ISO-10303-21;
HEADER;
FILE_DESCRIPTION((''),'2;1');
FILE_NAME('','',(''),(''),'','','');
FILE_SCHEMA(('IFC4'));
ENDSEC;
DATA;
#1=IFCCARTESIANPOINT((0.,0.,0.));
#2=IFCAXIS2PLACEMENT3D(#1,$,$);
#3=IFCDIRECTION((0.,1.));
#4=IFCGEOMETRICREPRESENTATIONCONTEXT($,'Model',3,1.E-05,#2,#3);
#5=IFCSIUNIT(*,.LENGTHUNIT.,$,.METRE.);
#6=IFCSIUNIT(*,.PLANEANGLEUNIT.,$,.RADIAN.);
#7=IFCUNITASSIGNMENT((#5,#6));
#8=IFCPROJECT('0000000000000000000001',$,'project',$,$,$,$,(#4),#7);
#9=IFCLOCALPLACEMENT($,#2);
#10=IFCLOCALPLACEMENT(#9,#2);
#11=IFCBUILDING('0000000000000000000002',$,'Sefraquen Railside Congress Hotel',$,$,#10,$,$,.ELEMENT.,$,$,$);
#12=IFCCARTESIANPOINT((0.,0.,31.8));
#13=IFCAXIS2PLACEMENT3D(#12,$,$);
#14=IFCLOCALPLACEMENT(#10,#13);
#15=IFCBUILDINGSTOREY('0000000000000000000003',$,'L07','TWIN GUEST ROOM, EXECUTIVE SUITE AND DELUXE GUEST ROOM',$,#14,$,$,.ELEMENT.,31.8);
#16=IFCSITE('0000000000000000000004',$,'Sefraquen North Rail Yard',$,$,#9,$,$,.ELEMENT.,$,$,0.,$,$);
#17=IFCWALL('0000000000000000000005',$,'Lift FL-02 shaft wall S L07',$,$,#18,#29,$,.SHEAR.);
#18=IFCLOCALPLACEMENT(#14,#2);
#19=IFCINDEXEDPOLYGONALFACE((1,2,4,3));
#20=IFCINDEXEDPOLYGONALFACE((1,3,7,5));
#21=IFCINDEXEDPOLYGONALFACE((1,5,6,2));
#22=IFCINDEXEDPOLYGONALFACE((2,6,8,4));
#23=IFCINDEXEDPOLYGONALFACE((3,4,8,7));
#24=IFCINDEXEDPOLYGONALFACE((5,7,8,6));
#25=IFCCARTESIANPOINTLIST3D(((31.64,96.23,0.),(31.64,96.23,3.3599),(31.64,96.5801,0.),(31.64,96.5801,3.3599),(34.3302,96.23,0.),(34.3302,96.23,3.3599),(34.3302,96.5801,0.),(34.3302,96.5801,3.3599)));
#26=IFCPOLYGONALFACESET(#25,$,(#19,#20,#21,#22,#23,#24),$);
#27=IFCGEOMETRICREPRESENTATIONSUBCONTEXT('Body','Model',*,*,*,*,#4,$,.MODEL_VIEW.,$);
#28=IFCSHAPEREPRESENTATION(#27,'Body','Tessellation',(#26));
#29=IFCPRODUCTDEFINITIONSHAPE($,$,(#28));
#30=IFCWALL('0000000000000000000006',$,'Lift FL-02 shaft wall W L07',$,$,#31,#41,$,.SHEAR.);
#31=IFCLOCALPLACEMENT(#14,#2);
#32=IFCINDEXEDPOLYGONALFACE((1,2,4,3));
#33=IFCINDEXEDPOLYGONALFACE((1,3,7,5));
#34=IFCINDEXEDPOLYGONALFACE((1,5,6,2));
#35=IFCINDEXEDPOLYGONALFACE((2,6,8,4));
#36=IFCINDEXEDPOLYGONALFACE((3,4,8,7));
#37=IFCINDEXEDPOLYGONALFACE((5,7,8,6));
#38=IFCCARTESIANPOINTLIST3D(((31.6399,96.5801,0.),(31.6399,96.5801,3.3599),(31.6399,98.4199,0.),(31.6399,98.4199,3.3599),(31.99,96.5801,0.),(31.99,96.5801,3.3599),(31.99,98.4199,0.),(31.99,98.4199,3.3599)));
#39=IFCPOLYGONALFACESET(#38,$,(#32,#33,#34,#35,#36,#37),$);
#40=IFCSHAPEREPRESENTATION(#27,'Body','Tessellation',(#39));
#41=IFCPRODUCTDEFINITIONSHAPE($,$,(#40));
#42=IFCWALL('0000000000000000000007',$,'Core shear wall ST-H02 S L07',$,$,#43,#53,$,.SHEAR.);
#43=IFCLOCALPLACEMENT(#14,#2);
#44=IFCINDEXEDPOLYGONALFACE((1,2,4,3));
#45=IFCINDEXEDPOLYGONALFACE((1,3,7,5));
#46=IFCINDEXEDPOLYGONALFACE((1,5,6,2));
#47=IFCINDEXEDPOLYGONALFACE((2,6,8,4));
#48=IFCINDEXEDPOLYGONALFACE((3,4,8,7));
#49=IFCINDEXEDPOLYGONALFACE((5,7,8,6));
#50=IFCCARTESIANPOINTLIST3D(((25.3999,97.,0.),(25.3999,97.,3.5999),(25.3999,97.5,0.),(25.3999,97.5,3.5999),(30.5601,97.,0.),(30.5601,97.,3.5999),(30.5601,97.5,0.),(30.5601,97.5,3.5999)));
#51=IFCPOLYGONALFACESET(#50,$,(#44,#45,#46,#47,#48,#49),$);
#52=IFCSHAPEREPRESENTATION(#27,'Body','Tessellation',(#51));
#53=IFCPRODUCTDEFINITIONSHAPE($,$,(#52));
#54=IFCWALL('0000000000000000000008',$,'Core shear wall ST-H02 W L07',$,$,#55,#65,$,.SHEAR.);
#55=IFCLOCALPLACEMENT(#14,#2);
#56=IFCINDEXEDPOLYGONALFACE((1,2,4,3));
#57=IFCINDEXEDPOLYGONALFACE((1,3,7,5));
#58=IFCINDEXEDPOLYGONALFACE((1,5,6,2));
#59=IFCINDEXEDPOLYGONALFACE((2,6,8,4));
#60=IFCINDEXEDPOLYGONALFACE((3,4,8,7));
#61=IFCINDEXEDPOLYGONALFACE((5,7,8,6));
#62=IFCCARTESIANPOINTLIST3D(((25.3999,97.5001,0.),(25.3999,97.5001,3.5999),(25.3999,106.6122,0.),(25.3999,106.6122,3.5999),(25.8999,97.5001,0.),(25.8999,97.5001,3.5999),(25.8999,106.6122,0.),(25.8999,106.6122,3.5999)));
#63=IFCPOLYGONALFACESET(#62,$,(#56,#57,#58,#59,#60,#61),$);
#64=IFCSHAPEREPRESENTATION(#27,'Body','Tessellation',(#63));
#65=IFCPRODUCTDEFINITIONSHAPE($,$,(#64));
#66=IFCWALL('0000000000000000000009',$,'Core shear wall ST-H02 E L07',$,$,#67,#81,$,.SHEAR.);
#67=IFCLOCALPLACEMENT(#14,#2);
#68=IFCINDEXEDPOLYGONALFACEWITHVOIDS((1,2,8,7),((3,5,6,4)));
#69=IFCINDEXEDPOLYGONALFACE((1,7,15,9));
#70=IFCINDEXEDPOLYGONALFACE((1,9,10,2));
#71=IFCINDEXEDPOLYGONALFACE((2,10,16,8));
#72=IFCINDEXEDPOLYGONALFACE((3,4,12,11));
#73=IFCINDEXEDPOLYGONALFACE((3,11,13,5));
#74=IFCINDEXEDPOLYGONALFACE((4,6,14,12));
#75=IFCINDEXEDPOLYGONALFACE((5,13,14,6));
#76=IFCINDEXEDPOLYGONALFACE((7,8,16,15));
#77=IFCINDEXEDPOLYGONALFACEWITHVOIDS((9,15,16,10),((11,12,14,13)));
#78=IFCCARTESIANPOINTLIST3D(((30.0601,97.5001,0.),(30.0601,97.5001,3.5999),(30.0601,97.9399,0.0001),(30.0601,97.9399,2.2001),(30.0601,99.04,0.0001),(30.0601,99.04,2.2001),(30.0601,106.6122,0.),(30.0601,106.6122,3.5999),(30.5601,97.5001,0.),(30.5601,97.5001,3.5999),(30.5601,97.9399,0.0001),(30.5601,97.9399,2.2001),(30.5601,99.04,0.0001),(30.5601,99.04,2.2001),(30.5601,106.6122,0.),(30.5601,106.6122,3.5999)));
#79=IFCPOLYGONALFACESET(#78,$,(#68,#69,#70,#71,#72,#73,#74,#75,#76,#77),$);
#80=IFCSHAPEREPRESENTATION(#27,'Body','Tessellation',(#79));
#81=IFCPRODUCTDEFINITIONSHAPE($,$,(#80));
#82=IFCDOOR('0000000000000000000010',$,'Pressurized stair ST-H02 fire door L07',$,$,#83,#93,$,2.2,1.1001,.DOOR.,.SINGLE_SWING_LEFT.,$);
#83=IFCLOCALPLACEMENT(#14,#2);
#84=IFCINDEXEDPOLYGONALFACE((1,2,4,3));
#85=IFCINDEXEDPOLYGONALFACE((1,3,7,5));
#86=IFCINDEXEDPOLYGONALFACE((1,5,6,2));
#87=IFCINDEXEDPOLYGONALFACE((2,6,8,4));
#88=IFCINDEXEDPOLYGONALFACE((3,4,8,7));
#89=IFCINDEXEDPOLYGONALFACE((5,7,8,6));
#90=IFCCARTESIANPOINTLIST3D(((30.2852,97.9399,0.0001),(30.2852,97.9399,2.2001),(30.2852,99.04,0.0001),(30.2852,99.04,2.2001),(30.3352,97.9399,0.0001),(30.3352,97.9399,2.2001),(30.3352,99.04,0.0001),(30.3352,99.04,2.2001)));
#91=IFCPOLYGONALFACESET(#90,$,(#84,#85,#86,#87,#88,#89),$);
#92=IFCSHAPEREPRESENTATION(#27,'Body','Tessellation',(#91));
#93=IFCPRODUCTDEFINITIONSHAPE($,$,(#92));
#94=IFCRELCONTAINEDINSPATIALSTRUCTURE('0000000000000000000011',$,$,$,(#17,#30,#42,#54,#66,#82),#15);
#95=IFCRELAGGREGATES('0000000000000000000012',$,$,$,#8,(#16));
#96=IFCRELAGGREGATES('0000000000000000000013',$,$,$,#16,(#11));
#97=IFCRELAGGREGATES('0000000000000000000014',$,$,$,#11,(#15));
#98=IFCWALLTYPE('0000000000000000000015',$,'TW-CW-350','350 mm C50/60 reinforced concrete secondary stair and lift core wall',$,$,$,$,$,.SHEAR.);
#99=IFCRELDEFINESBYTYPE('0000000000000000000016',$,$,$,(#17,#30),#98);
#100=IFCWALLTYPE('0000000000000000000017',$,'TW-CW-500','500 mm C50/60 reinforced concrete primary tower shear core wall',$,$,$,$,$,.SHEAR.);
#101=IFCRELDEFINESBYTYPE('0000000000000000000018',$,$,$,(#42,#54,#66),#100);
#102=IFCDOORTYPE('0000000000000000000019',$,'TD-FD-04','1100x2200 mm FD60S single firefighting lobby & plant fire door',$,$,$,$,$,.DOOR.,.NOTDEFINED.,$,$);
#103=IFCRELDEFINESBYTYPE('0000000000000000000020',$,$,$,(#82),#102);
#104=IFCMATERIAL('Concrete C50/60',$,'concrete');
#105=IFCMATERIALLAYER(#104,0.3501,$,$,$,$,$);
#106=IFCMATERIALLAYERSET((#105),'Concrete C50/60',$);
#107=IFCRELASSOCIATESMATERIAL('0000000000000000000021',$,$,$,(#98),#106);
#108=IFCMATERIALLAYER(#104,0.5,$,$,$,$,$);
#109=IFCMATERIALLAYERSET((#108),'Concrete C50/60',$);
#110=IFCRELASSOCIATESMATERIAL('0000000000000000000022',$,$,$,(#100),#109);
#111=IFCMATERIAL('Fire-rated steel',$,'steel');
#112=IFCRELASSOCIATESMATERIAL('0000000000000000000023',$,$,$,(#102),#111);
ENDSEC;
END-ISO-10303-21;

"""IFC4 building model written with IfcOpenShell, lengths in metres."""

from ifc_helpers import new_model, si_unit, direction, frame, frame_2d, origin, place, context, subcontext, project, spatial, rectangle, extrude, material, layer, layer_set, type_object, element, fill, save


model = new_model("IFC4")

# Units and contexts
model_context = context("Model", 3, precision=1e-05, world=origin(), true_north=direction((0.0, 1.0)))
body_context = subcontext(model_context, "Body", "Model", "MODEL_VIEW")
ifc_project = project(units=[si_unit("LENGTHUNIT", "METRE"), si_unit("PLANEANGLEUNIT", "RADIAN")], contexts=[model_context])

# Site, building, storey
site_placement = place(None, origin())
site = spatial("IfcSite", under=ifc_project, at=site_placement, Name="Sefraquen North Rail Yard", CompositionType="ELEMENT", RefElevation=0.0)
building_placement = place(site_placement, origin())
building = spatial("IfcBuilding", under=site, at=building_placement, Name="Sefraquen Railside Congress Hotel", CompositionType="ELEMENT")
storey_placement = place(building_placement, frame((0.0, 0.0, 31.8)))
storey = spatial("IfcBuildingStorey", under=building, at=storey_placement, Name="L07", Description="TWIN GUEST ROOM, EXECUTIVE SUITE AND DELUXE GUEST ROOM", CompositionType="ELEMENT", Elevation=31.8)

# Walls
ifc_material_1 = material(Name="Concrete C50/60", Category="concrete")
ifc_layer_1 = layer(ifc_material_1, 0.3501)
ifc_layer_set_1 = layer_set([ifc_layer_1], Name="Concrete C50/60")
wall_type_1 = type_object("IfcWallType", Name="TW-CW-350", Description="350 mm C50/60 reinforced concrete secondary stair and lift core wall", PredefinedType="SHEAR", material=ifc_layer_set_1)
wall_1_placement = place(storey_placement, frame((31.6399, 96.405, 0.0), z_axis=(0.0, 0.0, 1.0), x_axis=(1.0, 0.0, 0.0)))
element("IfcWall", 1, at=wall_1_placement, inside=storey, type_object=wall_type_1, Name="Lift FL-02 shaft wall S L07", PredefinedType="SHEAR", context=body_context, shape_type="SweptSolid", body=[
    extrude(rectangle(XDim=2.6902, YDim=0.3501, at=frame_2d((1.3452, 0.0))), origin(), (0.0, 0.0, 1.0), 3.3599),
])
wall_2_placement = place(storey_placement, frame((31.8149, 96.5801, 0.0), z_axis=(0.0, 0.0, 1.0), x_axis=(0.0, 1.0, 0.0)))
element("IfcWall", 2, at=wall_2_placement, inside=storey, type_object=wall_type_1, Name="Lift FL-02 shaft wall W L07", PredefinedType="SHEAR", context=body_context, shape_type="SweptSolid", body=[
    extrude(rectangle(XDim=1.8398, YDim=0.3501, at=frame_2d((0.9199, 0.0))), origin(), (0.0, 0.0, 1.0), 3.3599),
])
ifc_layer_2 = layer(ifc_material_1, 0.5)
ifc_layer_set_2 = layer_set([ifc_layer_2], Name="Concrete C50/60")
wall_type_2 = type_object("IfcWallType", Name="TW-CW-500", Description="500 mm C50/60 reinforced concrete primary tower shear core wall", PredefinedType="SHEAR", material=ifc_layer_set_2)
wall_3_placement = place(storey_placement, frame((25.3999, 97.25, 0.0), z_axis=(0.0, 0.0, 1.0), x_axis=(1.0, 0.0, 0.0)))
element("IfcWall", 3, at=wall_3_placement, inside=storey, type_object=wall_type_2, Name="Core shear wall ST-H02 S L07", PredefinedType="SHEAR", context=body_context, shape_type="SweptSolid", body=[
    extrude(rectangle(XDim=5.1602, YDim=0.5, at=frame_2d((2.5801, 0.0))), origin(), (0.0, 0.0, 1.0), 3.5999),
])
wall_4_placement = place(storey_placement, frame((25.6499, 97.5, 0.0), z_axis=(0.0, 0.0, 1.0), x_axis=(0.0, 1.0, 0.0)))
element("IfcWall", 4, at=wall_4_placement, inside=storey, type_object=wall_type_2, Name="Core shear wall ST-H02 W L07", PredefinedType="SHEAR", context=body_context, shape_type="SweptSolid", body=[
    extrude(rectangle(XDim=9.1121, YDim=0.5, at=frame_2d((4.5562, 0.0))), origin(), (0.0, 0.0, 1.0), 3.5999),
])

# Wall, opening, door
wall_5_placement = place(storey_placement, frame((30.3101, 97.5, 0.0), z_axis=(0.0, 0.0, 1.0), x_axis=(0.0, 1.0, 0.0)))
wall_5 = element("IfcWall", 5, at=wall_5_placement, inside=storey, type_object=wall_type_2, Name="Core shear wall ST-H02 E L07", PredefinedType="SHEAR", context=body_context, shape_type="SweptSolid", body=[
    extrude(rectangle(XDim=9.1121, YDim=0.5, at=frame_2d((4.5562, 0.0))), origin(), (0.0, 0.0, 1.0), 3.5999),
])
opening_1_placement = place(wall_5_placement, frame((0.4399, 0.0, 0.0)))
opening_1 = element("IfcOpeningElement", 6, at=opening_1_placement, cuts=wall_5, PredefinedType="OPENING", context=body_context, shape_type="SweptSolid", body=[
    extrude(rectangle(XDim=1.1001, YDim=2.2, at=frame_2d((0.55, 1.1001))), frame((0.0, 0.26, 0.0), z_axis=(0.0, -1.0, 0.0), x_axis=(1.0, 0.0, 0.0)), (0.0, 0.0, 1.0), 0.52),
])
ifc_material_2 = material(Name="Fire-rated steel", Category="steel")
door_type = type_object("IfcDoorType", Name="TD-FD-04", Description="1100x2200 mm FD60S single firefighting lobby & plant fire door", OperationType="NOTDEFINED", PredefinedType="DOOR", material=ifc_material_2)
door_placement = place(opening_1_placement, origin())
door = element("IfcDoor", 7, at=door_placement, inside=storey, type_object=door_type, Name="Pressurized stair ST-H02 fire door L07", OperationType="SINGLE_SWING_LEFT", OverallHeight=2.2, OverallWidth=1.1001, PredefinedType="DOOR", context=body_context, shape_type="SweptSolid", body=[
    extrude(rectangle(XDim=1.1001, YDim=2.2, at=frame_2d((0.55, 1.1001))), frame((0.0, 0.0249, 0.0), z_axis=(0.0, -1.0, 0.0), x_axis=(1.0, 0.0, 0.0)), (0.0, 0.0, 1.0), 0.05),
])
fill(opening_1, door)

save(model, "model.ifc")
